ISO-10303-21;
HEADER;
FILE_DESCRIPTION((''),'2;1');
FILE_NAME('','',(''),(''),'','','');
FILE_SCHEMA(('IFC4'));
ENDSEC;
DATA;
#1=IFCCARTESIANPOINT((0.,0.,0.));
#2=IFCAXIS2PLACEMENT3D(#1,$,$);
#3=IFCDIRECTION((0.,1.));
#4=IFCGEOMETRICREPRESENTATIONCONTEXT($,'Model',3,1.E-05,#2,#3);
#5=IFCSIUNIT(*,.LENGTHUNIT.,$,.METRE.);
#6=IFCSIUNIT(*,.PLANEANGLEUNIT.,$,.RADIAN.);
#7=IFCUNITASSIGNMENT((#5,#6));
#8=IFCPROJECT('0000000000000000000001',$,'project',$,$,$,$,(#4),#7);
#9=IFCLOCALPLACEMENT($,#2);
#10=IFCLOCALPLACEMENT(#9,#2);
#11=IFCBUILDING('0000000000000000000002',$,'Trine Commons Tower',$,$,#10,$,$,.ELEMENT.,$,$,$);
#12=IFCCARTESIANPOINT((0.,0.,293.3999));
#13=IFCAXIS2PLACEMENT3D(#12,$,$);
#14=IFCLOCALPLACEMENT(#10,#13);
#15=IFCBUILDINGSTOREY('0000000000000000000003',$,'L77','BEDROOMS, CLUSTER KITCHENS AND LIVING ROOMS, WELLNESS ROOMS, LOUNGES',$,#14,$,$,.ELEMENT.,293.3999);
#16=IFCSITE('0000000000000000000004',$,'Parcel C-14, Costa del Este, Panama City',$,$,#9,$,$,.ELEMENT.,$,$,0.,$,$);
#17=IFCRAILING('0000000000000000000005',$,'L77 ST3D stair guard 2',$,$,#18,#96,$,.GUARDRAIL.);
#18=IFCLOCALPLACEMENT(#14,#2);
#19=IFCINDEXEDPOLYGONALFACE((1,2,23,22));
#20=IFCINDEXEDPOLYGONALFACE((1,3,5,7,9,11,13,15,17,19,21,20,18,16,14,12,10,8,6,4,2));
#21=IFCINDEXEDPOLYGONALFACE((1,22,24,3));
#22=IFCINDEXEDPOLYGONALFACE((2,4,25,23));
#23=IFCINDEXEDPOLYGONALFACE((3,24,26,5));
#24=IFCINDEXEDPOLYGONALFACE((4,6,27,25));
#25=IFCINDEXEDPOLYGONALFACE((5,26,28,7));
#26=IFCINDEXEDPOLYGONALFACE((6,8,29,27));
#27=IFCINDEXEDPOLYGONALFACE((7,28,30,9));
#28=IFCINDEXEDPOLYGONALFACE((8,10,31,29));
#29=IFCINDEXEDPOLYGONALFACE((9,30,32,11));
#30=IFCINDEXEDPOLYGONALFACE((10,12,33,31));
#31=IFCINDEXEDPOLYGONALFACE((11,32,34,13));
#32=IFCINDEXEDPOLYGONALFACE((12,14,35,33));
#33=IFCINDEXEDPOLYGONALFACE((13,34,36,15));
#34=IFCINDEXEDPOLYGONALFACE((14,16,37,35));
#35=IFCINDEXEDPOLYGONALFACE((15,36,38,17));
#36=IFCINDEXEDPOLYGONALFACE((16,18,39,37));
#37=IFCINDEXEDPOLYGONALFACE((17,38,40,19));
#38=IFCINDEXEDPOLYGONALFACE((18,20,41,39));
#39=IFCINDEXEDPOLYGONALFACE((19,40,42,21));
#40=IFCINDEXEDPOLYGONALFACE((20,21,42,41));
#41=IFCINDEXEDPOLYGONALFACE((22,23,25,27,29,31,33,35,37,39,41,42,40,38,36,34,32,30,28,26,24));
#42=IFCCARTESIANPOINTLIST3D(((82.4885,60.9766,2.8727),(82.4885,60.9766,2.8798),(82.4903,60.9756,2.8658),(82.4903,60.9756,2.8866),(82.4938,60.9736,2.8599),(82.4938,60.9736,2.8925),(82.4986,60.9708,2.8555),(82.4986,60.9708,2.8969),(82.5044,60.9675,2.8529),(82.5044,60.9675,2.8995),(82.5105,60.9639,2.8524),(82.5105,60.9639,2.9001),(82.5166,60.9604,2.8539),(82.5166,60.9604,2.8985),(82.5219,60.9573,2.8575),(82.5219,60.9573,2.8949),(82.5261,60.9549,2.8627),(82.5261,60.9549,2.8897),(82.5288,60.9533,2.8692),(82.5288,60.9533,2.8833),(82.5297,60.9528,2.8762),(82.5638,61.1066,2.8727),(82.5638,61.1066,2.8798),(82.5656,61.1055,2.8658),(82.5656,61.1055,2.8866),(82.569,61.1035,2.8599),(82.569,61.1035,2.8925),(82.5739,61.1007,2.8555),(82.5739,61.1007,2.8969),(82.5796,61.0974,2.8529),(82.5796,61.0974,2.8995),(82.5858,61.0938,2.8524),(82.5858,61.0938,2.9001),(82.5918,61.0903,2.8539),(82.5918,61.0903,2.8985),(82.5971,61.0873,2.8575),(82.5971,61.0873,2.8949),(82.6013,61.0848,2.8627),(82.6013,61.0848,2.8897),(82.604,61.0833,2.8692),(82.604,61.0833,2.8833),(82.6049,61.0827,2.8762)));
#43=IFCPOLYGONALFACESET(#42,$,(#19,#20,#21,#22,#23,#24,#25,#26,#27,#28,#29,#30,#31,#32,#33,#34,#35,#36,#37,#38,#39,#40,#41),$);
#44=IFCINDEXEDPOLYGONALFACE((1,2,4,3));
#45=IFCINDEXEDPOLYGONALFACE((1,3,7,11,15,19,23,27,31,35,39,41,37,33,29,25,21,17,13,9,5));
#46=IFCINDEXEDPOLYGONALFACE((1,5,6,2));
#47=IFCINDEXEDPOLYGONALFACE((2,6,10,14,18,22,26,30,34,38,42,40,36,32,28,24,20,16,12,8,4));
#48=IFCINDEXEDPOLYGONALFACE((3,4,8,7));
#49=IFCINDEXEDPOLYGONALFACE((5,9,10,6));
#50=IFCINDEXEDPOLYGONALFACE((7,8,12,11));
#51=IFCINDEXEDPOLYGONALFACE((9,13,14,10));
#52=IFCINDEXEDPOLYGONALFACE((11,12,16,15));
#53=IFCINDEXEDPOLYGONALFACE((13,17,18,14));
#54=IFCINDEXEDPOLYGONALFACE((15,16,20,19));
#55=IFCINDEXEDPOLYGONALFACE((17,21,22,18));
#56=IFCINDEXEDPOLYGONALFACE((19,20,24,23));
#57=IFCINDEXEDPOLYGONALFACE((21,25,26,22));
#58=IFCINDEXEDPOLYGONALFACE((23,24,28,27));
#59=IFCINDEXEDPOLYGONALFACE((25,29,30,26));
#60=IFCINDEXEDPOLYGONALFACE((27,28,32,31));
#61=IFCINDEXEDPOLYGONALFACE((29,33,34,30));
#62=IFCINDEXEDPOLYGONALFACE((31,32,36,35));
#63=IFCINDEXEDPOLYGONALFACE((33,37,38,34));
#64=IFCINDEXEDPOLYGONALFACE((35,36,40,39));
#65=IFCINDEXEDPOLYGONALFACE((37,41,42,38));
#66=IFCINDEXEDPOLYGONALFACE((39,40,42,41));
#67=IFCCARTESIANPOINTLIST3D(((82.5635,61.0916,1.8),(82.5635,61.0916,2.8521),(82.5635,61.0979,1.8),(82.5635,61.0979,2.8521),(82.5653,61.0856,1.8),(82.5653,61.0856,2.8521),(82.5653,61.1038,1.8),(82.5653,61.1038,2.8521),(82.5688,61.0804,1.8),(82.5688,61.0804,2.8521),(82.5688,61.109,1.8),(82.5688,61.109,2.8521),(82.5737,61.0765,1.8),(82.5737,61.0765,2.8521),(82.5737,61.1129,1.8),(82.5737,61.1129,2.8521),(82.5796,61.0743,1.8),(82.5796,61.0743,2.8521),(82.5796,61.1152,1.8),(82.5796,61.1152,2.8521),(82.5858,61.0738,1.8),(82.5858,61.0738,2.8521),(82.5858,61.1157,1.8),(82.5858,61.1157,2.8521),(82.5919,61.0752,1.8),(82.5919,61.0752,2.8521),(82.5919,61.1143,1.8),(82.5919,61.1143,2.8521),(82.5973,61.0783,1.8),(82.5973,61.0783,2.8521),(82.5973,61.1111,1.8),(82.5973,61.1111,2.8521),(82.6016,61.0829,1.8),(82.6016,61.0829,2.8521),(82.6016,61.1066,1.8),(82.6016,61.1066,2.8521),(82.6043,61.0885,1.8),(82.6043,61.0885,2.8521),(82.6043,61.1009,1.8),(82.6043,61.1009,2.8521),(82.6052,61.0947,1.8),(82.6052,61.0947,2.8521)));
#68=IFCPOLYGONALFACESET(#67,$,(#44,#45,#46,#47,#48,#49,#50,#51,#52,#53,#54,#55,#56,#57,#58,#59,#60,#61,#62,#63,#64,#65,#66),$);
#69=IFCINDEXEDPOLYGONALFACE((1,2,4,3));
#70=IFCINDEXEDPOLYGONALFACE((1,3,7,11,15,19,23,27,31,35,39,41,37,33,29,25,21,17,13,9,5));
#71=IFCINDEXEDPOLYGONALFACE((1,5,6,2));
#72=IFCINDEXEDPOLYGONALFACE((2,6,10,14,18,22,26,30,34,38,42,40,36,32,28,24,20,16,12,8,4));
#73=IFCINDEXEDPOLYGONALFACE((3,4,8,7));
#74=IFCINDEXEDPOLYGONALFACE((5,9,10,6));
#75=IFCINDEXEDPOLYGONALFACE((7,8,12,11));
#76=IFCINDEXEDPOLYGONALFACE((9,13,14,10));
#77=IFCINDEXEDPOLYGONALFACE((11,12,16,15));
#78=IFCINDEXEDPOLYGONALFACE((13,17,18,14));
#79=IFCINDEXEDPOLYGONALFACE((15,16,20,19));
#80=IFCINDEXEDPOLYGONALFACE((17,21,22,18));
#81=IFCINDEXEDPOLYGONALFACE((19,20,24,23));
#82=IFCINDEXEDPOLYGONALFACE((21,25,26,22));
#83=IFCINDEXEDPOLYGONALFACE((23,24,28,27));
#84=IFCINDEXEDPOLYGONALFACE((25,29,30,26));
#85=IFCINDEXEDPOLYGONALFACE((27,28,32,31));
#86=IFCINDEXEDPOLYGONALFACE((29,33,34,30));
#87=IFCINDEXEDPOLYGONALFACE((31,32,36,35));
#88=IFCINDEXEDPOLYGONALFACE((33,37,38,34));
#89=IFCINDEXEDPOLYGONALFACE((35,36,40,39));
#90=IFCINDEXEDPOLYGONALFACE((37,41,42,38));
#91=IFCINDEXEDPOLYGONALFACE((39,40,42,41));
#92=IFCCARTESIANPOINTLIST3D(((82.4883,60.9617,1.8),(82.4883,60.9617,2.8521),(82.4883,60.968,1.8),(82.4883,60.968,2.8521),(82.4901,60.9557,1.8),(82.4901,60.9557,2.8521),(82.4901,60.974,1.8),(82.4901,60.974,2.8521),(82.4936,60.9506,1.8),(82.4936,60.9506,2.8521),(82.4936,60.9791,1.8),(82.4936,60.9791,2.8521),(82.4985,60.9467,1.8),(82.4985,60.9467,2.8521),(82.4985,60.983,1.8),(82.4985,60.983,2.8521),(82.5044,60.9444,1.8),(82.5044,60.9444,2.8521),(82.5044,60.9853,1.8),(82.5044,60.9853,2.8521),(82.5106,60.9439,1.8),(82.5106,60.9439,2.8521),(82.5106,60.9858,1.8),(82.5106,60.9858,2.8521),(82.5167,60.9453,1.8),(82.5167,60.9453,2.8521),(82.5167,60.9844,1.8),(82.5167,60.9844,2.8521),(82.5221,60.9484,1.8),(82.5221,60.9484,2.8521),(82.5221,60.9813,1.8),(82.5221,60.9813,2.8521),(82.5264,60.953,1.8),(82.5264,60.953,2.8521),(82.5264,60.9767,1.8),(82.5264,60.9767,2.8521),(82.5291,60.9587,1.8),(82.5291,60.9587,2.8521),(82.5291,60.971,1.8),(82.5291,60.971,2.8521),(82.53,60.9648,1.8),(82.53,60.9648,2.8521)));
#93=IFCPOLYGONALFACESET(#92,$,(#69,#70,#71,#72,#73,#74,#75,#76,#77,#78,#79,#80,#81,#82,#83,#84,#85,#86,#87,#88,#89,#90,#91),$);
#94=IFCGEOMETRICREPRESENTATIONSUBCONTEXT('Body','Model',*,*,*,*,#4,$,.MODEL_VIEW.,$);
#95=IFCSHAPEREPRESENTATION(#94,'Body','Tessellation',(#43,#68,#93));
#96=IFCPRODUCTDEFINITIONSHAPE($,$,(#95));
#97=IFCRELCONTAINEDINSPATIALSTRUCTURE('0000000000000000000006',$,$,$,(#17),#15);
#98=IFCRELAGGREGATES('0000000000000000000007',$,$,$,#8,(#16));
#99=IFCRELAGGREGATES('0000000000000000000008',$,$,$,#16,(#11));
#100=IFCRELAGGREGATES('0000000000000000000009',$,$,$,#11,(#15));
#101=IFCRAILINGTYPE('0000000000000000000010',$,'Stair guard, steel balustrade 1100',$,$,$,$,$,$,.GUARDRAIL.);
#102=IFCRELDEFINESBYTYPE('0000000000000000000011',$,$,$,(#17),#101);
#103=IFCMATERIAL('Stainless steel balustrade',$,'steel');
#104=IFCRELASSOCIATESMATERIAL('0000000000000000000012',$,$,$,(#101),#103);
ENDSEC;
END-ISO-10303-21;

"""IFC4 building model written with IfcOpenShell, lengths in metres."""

from ifc_helpers import new_model, si_unit, direction, frame, origin, origin_2d, place, context, subcontext, project, spatial, circle, extrude, material, type_object, element, save


model = new_model("IFC4")

# Units and contexts
model_context = context("Model", 3, precision=1e-05, world=origin(), true_north=direction((0.0, 1.0)))
body_context = subcontext(model_context, "Body", "Model", "MODEL_VIEW")
ifc_project = project(units=[si_unit("LENGTHUNIT", "METRE"), si_unit("PLANEANGLEUNIT", "RADIAN")], contexts=[model_context])

# Site, building, storey
site_placement = place(None, origin())
site = spatial("IfcSite", under=ifc_project, at=site_placement, Name="Parcel C-14, Costa del Este, Panama City", CompositionType="ELEMENT", RefElevation=0.0)
building_placement = place(site_placement, origin())
building = spatial("IfcBuilding", under=site, at=building_placement, Name="Trine Commons Tower", CompositionType="ELEMENT")
storey_placement = place(building_placement, frame((0.0, 0.0, 293.3999)))
storey = spatial("IfcBuildingStorey", under=building, at=storey_placement, Name="L77", Description="BEDROOMS, CLUSTER KITCHENS AND LIVING ROOMS, WELLNESS ROOMS, LOUNGES", CompositionType="ELEMENT", Elevation=293.3999)

# Railing
ifc_material_1 = material(Name="Stainless steel balustrade", Category="steel")
railing_type_1 = type_object("IfcRailingType", Name="Stair guard, steel balustrade 1100", PredefinedType="GUARDRAIL", material=ifc_material_1)
railing_1_placement = place(storey_placement, frame((82.5842, 61.0947, 1.8)))
element("IfcRailing", 1, at=railing_1_placement, inside=storey, type_object=railing_type_1, Name="L77 ST3D stair guard 2", PredefinedType="GUARDRAIL", context=body_context, shape_type="SweptSolid", body=[
    extrude(circle(Radius=0.0239, at=origin_2d()), frame((0.0, 0.0, 1.0762), z_axis=(-0.501036, -0.865426, 0.0), x_axis=(0.865426, -0.501036, 0.0)), (0.0, 0.0, 1.0), 0.1501),
    extrude(circle(Radius=0.021, at=origin_2d()), origin(), (0.0, 0.0, 1.0), 1.052),
    extrude(circle(Radius=0.021, at=origin_2d()), frame((-0.0752, -0.1299, 0.0)), (0.0, 0.0, 1.0), 1.052),
])

save(model, "model.ifc")
